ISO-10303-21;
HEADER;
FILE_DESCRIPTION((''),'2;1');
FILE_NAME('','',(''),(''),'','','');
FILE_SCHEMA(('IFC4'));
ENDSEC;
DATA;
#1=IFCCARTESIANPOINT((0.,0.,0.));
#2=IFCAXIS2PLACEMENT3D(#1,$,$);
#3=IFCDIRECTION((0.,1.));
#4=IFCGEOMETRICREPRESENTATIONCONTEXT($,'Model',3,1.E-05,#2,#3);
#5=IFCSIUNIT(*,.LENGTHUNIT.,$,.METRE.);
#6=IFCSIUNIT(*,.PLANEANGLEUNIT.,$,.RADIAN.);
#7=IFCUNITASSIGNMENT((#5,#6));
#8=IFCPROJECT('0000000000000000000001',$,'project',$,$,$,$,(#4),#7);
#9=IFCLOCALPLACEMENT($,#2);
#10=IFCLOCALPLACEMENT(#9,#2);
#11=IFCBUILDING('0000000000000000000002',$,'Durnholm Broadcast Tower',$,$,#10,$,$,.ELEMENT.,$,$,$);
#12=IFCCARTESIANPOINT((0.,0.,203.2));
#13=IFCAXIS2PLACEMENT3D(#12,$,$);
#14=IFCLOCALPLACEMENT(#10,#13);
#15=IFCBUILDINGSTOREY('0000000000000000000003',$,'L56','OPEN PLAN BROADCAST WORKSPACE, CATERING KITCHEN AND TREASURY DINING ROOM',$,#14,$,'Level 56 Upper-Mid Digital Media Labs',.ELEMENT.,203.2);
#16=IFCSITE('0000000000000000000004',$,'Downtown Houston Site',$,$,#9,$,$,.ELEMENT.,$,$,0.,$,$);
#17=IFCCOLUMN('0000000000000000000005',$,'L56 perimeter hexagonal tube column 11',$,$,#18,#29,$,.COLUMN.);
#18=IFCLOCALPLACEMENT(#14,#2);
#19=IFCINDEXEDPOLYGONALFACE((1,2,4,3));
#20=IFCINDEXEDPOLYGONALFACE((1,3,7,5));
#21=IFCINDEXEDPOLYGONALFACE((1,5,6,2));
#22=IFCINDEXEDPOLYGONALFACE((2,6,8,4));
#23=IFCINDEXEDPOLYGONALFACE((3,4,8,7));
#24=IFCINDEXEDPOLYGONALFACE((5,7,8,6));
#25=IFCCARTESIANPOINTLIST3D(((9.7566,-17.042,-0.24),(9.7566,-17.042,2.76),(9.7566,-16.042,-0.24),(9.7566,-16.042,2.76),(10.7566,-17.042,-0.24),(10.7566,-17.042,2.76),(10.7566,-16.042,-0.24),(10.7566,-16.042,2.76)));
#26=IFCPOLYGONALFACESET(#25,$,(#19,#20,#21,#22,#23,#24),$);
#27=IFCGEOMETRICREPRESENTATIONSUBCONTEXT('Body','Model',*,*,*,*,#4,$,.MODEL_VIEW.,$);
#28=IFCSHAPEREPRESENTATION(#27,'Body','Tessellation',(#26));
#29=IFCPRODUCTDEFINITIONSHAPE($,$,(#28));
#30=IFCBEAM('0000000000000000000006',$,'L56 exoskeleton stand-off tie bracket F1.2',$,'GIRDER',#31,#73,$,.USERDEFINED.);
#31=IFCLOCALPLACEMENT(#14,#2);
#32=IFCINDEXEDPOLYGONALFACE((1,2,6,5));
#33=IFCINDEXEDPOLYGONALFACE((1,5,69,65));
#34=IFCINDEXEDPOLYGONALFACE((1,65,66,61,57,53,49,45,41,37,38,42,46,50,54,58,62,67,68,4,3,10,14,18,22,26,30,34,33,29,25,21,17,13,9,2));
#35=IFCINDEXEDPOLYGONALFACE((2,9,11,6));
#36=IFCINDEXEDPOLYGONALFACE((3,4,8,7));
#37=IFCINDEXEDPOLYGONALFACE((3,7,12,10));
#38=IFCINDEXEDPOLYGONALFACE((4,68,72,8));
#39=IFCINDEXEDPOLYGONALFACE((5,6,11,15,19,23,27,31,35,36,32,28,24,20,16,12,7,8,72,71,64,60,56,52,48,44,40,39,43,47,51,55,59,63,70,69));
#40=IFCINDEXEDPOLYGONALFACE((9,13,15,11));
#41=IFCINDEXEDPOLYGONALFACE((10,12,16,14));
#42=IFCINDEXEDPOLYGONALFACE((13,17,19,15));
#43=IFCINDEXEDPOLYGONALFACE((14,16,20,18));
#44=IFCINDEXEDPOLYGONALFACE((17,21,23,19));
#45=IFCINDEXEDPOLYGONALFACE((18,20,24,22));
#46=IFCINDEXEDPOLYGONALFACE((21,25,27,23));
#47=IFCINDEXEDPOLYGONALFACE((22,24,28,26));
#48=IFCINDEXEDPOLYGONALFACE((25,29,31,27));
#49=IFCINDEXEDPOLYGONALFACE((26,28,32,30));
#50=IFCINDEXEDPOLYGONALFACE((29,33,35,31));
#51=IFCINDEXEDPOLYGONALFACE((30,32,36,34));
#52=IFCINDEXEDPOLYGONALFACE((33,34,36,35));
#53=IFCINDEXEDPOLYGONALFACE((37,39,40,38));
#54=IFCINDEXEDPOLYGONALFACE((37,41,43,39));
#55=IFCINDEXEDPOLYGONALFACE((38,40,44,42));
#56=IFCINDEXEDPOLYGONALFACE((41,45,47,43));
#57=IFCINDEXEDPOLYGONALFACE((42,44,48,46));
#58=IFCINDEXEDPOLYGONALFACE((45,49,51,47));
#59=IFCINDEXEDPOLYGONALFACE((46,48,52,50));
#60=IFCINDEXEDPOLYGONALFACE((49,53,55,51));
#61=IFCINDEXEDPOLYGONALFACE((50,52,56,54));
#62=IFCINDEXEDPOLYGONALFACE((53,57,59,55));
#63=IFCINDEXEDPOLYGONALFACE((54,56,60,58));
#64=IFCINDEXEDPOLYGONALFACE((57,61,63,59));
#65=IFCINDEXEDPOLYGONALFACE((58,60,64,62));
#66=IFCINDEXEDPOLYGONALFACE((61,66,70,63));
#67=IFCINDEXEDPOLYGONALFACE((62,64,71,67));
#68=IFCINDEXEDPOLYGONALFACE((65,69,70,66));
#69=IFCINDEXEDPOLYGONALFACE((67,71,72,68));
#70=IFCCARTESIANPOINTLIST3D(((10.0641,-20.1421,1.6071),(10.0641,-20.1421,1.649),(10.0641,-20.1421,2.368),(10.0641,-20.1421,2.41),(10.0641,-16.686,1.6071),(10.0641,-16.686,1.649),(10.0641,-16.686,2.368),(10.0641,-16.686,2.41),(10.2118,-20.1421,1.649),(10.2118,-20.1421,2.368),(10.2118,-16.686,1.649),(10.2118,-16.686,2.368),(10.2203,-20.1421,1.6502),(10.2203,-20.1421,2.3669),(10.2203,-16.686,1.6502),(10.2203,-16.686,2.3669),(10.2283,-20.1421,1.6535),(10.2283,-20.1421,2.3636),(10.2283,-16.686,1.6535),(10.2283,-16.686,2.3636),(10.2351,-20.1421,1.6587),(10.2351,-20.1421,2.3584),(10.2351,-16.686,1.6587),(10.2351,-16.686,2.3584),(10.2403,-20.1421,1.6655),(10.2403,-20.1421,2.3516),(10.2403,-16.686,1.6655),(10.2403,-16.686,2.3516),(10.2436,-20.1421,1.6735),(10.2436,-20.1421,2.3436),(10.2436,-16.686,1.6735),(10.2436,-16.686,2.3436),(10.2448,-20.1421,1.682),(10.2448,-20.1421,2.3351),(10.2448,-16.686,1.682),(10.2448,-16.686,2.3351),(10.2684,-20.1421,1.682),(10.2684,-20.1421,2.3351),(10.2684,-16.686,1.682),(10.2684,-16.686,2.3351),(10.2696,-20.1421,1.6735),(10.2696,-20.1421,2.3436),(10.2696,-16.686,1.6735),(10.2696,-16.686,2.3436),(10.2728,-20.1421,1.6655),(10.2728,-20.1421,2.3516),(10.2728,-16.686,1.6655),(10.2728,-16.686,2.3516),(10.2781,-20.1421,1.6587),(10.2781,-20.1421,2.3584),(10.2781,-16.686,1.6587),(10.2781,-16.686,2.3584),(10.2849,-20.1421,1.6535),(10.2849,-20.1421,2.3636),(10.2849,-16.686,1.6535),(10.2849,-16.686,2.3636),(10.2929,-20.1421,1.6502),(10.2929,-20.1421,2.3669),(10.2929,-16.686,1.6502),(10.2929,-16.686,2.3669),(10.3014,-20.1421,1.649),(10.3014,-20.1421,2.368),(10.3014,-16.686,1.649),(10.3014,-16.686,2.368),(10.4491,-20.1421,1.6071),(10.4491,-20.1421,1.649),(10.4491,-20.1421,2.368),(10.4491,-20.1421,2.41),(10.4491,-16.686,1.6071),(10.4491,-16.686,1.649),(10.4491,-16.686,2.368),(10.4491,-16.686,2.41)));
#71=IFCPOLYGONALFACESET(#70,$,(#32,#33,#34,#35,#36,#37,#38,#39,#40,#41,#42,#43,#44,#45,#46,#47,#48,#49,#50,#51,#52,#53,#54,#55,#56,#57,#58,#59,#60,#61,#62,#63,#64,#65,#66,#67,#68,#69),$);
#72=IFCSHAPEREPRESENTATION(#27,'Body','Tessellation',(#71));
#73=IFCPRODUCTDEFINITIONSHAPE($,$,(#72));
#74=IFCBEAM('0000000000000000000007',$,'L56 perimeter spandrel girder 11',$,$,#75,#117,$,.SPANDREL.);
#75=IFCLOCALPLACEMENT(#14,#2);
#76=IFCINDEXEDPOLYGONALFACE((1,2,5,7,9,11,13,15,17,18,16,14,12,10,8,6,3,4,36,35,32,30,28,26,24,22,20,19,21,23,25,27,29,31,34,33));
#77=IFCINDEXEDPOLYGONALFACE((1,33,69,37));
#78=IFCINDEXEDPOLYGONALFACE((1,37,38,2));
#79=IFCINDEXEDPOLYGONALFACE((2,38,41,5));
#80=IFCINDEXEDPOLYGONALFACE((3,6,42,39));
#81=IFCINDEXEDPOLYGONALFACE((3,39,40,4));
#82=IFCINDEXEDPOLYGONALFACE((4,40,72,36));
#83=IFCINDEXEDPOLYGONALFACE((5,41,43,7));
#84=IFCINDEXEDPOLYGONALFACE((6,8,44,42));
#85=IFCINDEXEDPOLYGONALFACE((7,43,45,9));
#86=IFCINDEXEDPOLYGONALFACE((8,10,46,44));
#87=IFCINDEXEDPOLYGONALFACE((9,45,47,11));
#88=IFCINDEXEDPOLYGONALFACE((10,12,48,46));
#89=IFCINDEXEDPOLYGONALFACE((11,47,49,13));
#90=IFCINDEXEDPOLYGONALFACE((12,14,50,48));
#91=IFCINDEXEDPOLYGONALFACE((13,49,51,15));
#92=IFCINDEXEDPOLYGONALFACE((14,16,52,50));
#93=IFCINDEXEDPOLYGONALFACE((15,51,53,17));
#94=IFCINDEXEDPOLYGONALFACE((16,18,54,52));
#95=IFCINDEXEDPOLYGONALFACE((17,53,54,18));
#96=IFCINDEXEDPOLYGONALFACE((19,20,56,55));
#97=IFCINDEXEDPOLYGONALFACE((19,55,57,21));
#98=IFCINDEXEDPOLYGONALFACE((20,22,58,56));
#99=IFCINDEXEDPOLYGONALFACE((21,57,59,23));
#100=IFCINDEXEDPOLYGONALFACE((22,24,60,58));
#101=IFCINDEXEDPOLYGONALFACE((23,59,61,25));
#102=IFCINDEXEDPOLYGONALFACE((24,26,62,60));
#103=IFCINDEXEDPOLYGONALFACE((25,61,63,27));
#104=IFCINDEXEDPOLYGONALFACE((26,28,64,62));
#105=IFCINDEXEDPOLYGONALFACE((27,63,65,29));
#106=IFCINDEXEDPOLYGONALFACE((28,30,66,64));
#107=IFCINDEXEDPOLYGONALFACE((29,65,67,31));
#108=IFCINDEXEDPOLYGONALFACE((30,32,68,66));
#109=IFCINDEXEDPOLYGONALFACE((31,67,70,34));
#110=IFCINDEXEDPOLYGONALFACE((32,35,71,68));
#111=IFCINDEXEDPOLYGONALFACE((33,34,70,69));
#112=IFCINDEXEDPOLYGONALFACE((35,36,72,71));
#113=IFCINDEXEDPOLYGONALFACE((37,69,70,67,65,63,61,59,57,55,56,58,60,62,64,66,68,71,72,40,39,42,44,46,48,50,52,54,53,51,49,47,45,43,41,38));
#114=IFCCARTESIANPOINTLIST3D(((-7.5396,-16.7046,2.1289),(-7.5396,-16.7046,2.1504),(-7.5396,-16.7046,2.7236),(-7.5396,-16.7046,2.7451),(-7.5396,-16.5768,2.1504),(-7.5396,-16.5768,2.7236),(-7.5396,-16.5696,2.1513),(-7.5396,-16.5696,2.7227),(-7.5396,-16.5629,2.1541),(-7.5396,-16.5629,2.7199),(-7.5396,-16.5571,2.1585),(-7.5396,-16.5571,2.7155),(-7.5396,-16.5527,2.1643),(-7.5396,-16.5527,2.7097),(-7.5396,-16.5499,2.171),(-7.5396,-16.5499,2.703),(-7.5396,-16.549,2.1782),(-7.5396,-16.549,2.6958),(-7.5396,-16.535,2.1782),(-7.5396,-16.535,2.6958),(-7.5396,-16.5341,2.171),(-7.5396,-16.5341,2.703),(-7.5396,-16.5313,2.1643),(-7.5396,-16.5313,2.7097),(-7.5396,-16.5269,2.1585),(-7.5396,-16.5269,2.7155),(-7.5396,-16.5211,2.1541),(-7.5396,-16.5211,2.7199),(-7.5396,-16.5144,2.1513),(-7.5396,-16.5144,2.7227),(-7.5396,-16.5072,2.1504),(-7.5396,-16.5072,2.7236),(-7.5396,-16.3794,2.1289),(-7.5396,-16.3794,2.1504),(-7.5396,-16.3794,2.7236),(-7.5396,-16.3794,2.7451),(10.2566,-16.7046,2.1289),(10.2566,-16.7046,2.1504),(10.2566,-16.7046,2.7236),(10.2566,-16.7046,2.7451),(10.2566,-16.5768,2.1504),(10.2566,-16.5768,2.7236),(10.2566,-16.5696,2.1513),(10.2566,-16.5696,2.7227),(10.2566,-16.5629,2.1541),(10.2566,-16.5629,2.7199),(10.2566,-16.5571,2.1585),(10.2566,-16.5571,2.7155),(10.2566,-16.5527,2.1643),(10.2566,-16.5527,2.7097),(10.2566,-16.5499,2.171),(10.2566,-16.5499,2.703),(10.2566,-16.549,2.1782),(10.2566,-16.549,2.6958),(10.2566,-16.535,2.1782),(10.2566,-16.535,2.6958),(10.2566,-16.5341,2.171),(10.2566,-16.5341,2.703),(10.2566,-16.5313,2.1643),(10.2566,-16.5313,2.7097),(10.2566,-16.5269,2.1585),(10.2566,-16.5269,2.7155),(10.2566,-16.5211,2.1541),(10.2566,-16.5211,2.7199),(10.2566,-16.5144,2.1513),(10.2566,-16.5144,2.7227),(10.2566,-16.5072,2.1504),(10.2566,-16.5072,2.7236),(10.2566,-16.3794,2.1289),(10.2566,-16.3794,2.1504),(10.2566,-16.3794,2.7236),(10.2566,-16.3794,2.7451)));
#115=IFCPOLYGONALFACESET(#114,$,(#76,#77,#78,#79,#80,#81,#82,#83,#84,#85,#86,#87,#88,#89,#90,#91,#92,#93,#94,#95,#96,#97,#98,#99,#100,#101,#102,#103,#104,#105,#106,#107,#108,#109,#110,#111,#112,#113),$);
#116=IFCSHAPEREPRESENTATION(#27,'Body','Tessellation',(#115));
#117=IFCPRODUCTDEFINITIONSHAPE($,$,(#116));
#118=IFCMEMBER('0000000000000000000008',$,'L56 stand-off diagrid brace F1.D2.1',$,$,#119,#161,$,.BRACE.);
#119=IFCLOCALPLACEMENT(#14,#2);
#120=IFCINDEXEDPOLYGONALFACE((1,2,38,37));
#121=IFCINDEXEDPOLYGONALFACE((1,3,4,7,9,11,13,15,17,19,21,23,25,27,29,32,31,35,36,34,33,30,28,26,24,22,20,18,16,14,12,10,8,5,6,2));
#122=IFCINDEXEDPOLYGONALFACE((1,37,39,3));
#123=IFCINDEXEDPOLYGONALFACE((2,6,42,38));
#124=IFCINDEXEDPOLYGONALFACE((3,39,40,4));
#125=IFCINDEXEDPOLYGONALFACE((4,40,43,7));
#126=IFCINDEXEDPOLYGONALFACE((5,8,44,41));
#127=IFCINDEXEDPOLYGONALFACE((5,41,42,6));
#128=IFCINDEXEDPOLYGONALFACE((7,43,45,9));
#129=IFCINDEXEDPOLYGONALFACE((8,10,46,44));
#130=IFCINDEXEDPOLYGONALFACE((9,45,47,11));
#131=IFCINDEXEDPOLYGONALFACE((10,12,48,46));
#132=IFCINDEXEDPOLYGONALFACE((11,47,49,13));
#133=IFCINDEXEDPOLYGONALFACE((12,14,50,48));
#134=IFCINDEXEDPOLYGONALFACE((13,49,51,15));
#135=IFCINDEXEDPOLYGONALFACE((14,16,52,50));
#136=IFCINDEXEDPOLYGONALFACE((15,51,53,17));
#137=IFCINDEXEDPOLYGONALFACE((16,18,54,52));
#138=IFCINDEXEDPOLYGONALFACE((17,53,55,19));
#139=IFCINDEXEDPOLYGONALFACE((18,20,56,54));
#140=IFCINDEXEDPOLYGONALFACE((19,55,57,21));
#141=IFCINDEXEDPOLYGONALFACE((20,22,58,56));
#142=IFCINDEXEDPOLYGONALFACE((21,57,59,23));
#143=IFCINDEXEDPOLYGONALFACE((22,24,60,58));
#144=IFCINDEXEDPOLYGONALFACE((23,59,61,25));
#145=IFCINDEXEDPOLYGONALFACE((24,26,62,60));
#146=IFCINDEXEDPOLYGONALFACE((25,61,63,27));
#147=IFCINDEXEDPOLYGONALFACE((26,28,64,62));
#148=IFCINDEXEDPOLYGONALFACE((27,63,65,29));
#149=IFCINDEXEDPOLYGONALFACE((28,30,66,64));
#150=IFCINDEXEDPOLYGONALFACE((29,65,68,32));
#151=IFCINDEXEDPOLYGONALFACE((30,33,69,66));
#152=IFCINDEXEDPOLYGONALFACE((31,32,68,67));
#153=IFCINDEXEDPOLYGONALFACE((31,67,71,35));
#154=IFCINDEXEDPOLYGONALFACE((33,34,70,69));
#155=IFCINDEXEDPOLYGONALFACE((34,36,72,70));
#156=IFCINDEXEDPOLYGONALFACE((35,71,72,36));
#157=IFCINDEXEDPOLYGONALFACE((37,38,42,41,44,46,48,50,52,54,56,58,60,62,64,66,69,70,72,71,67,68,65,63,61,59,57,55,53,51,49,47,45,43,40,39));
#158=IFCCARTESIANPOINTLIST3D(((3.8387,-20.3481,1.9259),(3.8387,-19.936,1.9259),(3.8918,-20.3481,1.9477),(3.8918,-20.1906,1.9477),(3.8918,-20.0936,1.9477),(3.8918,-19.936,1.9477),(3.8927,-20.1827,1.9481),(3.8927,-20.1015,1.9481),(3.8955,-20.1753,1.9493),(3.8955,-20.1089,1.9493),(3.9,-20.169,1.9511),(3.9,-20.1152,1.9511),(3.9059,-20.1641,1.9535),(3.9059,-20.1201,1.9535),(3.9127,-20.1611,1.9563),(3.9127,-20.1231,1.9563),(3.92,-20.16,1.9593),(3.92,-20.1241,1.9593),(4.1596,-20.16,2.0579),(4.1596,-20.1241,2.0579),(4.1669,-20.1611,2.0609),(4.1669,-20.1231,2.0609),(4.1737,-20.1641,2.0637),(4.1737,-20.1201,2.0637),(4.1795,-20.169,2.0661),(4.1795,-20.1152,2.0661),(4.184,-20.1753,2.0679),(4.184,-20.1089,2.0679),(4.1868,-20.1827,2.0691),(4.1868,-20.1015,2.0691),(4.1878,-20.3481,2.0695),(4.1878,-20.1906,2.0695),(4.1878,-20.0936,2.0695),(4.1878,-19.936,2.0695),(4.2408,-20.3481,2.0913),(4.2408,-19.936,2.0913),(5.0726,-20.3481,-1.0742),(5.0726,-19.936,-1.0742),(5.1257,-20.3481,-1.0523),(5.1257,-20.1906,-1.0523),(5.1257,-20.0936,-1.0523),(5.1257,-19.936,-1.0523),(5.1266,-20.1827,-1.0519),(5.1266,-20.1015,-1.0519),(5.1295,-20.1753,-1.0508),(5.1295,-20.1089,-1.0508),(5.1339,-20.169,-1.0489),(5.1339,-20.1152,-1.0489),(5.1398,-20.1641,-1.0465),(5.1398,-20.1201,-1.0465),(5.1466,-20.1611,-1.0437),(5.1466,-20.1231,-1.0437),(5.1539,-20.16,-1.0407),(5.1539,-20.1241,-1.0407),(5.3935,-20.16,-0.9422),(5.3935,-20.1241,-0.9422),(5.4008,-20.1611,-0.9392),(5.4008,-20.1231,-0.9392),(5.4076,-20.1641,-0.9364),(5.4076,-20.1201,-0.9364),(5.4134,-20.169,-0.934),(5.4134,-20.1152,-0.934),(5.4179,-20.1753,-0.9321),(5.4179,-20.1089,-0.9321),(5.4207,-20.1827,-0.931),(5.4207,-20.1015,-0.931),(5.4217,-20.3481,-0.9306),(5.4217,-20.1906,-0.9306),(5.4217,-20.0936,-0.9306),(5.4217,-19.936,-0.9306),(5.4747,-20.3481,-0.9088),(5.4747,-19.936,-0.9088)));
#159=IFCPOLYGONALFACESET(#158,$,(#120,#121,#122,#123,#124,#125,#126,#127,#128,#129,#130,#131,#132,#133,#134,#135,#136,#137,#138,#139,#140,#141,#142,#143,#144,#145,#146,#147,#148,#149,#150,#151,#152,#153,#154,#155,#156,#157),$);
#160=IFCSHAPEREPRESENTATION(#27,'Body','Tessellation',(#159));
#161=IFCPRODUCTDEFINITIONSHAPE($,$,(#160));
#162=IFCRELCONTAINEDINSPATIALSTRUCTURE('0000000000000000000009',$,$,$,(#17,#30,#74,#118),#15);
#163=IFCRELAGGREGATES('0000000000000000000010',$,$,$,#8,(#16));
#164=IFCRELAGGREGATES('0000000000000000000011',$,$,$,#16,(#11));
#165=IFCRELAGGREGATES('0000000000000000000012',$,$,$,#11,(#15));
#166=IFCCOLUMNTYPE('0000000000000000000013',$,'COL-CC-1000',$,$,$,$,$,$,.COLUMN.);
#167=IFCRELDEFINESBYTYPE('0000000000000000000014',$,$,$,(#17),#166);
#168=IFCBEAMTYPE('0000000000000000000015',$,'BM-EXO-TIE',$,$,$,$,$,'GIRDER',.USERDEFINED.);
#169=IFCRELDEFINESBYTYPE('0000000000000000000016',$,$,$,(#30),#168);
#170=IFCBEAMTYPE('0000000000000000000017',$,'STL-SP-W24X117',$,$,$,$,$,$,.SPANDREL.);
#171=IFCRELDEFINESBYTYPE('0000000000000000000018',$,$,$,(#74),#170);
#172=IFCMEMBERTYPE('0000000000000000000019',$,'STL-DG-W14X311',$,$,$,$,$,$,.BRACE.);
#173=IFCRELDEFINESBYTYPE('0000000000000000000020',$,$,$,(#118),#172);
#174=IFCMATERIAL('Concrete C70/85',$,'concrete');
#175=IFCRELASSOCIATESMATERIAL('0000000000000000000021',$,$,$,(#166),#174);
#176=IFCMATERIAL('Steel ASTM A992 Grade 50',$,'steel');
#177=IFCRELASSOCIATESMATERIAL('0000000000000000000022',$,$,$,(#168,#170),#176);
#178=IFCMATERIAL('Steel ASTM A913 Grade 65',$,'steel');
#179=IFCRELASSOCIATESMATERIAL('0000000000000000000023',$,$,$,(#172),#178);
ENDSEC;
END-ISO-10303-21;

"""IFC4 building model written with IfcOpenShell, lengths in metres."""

from ifc_helpers import new_model, si_unit, direction, frame, origin, origin_2d, place, context, subcontext, project, spatial, rectangle, i_section, extrude, source, transform, mapped, material, material_profile, profile_set, type_object, type_shapes, element, save


model = new_model("IFC4")

# Units and contexts
model_context = context("Model", 3, precision=1e-05, world=origin(), true_north=direction((0.0, 1.0)))
body_context = subcontext(model_context, "Body", "Model", "MODEL_VIEW")
ifc_project = project(units=[si_unit("LENGTHUNIT", "METRE"), si_unit("PLANEANGLEUNIT", "RADIAN")], contexts=[model_context])

# Site, building, storey
site_placement = place(None, origin())
site = spatial("IfcSite", under=ifc_project, at=site_placement, Name="Downtown Houston Site", CompositionType="ELEMENT", RefElevation=0.0)
building_placement = place(site_placement, origin())
building = spatial("IfcBuilding", under=site, at=building_placement, Name="Durnholm Broadcast Tower", CompositionType="ELEMENT")
storey_placement = place(building_placement, frame((0.0, 0.0, 203.2)))
storey = spatial("IfcBuildingStorey", under=building, at=storey_placement, Name="L56", Description="OPEN PLAN BROADCAST WORKSPACE, CATERING KITCHEN AND TREASURY DINING ROOM", LongName="Level 56 Upper-Mid Digital Media Labs", CompositionType="ELEMENT", Elevation=203.2)

# Column
ifc_material_1 = material(Name="Concrete C70/85", Category="concrete")
ifc_material_profile_1 = material_profile(ifc_material_1, rectangle(XDim=1.0, YDim=1.0, at=origin_2d()), Name="RC1000X1000")
ifc_profile_set_1 = profile_set([ifc_material_profile_1], Name="Concrete C70/85")
column_type = type_object("IfcColumnType", Name="COL-CC-1000", PredefinedType="COLUMN", material=ifc_profile_set_1)
shared_shape_1 = source(origin(), body_context, "Body", "SweptSolid", [
    extrude(rectangle(XDim=1.0, YDim=1.0, at=origin_2d()), origin(), (0.0, 0.0, 1.0), 3.0),
])
type_shapes(column_type, [shared_shape_1])
column_placement = place(storey_placement, frame((10.2566, -16.542, -0.24), z_axis=(0.0, 0.0, 1.0), x_axis=(1.0, 0.0, 0.0)))
element("IfcColumn", 1, at=column_placement, inside=storey, type_object=column_type, Name="L56 perimeter hexagonal tube column 11", PredefinedType="COLUMN", context=body_context, shape_type="MappedRepresentation", body=[
    mapped(shared_shape_1, transform((0.0, 0.0, 0.0), x_axis=(1.0, 0.0, 0.0), y_axis=(0.0, 1.0, 0.0), z_axis=(0.0, 0.0, 1.0), scale=1.0)),
])

# Beams
ifc_material_2 = material(Name="Steel ASTM A992 Grade 50", Category="steel")
ifc_material_profile_2 = material_profile(ifc_material_2, i_section(OverallWidth=0.385, OverallDepth=0.803, WebThickness=0.0237, FlangeThickness=0.042, FilletRadius=0.033, at=origin_2d()), Name="W30X261")
ifc_profile_set_2 = profile_set([ifc_material_profile_2], Name="Steel ASTM A992 Grade 50")
beam_type_1 = type_object("IfcBeamType", Name="BM-EXO-TIE", ElementType="GIRDER", PredefinedType="USERDEFINED", material=ifc_profile_set_2)
shared_shape_2 = source(origin(), body_context, "Body", "SweptSolid", [
    extrude(i_section(OverallWidth=0.385, OverallDepth=0.803, WebThickness=0.0237, FlangeThickness=0.042, FilletRadius=0.033, at=origin_2d()), origin(), (0.0, 0.0, 1.0), 3.4561),
])
type_shapes(beam_type_1, [shared_shape_2])
beam_1_placement = place(storey_placement, frame((10.2566, -16.686, 2.0085), z_axis=(0.0, -1.0, 0.0), x_axis=(1.0, 0.0, 0.0)))
element("IfcBeam", 2, at=beam_1_placement, inside=storey, type_object=beam_type_1, Name="L56 exoskeleton stand-off tie bracket F1.2", ObjectType="GIRDER", PredefinedType="USERDEFINED", context=body_context, shape_type="MappedRepresentation", body=[
    mapped(shared_shape_2, transform((0.0, 0.0, 0.0), x_axis=(1.0, 0.0, 0.0), y_axis=(0.0, 1.0, 0.0), z_axis=(0.0, 0.0, 1.0), scale=1.0)),
])
ifc_material_profile_3 = material_profile(ifc_material_2, i_section(OverallWidth=0.3252, OverallDepth=0.6162, WebThickness=0.0139, FlangeThickness=0.0215, FilletRadius=0.0278, at=origin_2d()), Name="W24X117")
ifc_profile_set_3 = profile_set([ifc_material_profile_3], Name="Steel ASTM A992 Grade 50")
beam_type_2 = type_object("IfcBeamType", Name="STL-SP-W24X117", PredefinedType="SPANDREL", material=ifc_profile_set_3)
shared_shape_3 = source(origin(), body_context, "Body", "SweptSolid", [
    extrude(i_section(OverallWidth=0.3252, OverallDepth=0.6162, WebThickness=0.0139, FlangeThickness=0.0215, FilletRadius=0.0278, at=origin_2d()), origin(), (0.0, 0.0, 1.0), 17.7961),
])
type_shapes(beam_type_2, [shared_shape_3])
beam_2_placement = place(storey_placement, frame((10.2566, -16.542, 2.437), z_axis=(-1.0, 0.0, 0.0), x_axis=(0.0, -1.0, 0.0)))
element("IfcBeam", 3, at=beam_2_placement, inside=storey, type_object=beam_type_2, Name="L56 perimeter spandrel girder 11", PredefinedType="SPANDREL", context=body_context, shape_type="MappedRepresentation", body=[
    mapped(shared_shape_3, transform((0.0, 0.0, 0.0), x_axis=(1.0, 0.0, 0.0), y_axis=(0.0, 1.0, 0.0), z_axis=(0.0, 0.0, 1.0), scale=1.0)),
])

# Member
ifc_material_3 = material(Name="Steel ASTM A913 Grade 65", Category="steel")
ifc_material_profile_4 = material_profile(ifc_material_3, i_section(OverallWidth=0.4121, OverallDepth=0.4348, WebThickness=0.0359, FlangeThickness=0.0574, FilletRadius=0.0305, at=origin_2d()), Name="W14X311")
ifc_profile_set_4 = profile_set([ifc_material_profile_4], Name="Steel ASTM A913 Grade 65")
member_type_1 = type_object("IfcMemberType", Name="STL-DG-W14X311", PredefinedType="BRACE", material=ifc_profile_set_4)
shared_shape_4 = source(origin(), body_context, "Body", "SweptSolid", [
    extrude(i_section(OverallWidth=0.4121, OverallDepth=0.4348, WebThickness=0.0359, FlangeThickness=0.0574, FilletRadius=0.0305, at=origin_2d()), origin(), (0.0, 0.0, 1.0), 3.2439),
])
type_shapes(member_type_1, [shared_shape_4])
for number, where, z_axis, x_axis, name in (
    (4, (5.2737, -20.1421, -0.9915), (-0.380379, 0.0, 0.924831), (0.0, -1.0, 0.0), "L56 stand-off diagrid brace F1.D2.1"),
):
    element("IfcMember", number, at=place(storey_placement, frame(where, z_axis=z_axis, x_axis=x_axis)), inside=storey, type_object=member_type_1, Name=name, PredefinedType="BRACE", context=body_context, shape_type="MappedRepresentation", body=[
        mapped(shared_shape_4, transform((0.0, 0.0, 0.0), x_axis=(1.0, 0.0, 0.0), y_axis=(0.0, 1.0, 0.0), z_axis=(0.0, 0.0, 1.0), scale=1.0)),
    ])

save(model, "model.ifc")
